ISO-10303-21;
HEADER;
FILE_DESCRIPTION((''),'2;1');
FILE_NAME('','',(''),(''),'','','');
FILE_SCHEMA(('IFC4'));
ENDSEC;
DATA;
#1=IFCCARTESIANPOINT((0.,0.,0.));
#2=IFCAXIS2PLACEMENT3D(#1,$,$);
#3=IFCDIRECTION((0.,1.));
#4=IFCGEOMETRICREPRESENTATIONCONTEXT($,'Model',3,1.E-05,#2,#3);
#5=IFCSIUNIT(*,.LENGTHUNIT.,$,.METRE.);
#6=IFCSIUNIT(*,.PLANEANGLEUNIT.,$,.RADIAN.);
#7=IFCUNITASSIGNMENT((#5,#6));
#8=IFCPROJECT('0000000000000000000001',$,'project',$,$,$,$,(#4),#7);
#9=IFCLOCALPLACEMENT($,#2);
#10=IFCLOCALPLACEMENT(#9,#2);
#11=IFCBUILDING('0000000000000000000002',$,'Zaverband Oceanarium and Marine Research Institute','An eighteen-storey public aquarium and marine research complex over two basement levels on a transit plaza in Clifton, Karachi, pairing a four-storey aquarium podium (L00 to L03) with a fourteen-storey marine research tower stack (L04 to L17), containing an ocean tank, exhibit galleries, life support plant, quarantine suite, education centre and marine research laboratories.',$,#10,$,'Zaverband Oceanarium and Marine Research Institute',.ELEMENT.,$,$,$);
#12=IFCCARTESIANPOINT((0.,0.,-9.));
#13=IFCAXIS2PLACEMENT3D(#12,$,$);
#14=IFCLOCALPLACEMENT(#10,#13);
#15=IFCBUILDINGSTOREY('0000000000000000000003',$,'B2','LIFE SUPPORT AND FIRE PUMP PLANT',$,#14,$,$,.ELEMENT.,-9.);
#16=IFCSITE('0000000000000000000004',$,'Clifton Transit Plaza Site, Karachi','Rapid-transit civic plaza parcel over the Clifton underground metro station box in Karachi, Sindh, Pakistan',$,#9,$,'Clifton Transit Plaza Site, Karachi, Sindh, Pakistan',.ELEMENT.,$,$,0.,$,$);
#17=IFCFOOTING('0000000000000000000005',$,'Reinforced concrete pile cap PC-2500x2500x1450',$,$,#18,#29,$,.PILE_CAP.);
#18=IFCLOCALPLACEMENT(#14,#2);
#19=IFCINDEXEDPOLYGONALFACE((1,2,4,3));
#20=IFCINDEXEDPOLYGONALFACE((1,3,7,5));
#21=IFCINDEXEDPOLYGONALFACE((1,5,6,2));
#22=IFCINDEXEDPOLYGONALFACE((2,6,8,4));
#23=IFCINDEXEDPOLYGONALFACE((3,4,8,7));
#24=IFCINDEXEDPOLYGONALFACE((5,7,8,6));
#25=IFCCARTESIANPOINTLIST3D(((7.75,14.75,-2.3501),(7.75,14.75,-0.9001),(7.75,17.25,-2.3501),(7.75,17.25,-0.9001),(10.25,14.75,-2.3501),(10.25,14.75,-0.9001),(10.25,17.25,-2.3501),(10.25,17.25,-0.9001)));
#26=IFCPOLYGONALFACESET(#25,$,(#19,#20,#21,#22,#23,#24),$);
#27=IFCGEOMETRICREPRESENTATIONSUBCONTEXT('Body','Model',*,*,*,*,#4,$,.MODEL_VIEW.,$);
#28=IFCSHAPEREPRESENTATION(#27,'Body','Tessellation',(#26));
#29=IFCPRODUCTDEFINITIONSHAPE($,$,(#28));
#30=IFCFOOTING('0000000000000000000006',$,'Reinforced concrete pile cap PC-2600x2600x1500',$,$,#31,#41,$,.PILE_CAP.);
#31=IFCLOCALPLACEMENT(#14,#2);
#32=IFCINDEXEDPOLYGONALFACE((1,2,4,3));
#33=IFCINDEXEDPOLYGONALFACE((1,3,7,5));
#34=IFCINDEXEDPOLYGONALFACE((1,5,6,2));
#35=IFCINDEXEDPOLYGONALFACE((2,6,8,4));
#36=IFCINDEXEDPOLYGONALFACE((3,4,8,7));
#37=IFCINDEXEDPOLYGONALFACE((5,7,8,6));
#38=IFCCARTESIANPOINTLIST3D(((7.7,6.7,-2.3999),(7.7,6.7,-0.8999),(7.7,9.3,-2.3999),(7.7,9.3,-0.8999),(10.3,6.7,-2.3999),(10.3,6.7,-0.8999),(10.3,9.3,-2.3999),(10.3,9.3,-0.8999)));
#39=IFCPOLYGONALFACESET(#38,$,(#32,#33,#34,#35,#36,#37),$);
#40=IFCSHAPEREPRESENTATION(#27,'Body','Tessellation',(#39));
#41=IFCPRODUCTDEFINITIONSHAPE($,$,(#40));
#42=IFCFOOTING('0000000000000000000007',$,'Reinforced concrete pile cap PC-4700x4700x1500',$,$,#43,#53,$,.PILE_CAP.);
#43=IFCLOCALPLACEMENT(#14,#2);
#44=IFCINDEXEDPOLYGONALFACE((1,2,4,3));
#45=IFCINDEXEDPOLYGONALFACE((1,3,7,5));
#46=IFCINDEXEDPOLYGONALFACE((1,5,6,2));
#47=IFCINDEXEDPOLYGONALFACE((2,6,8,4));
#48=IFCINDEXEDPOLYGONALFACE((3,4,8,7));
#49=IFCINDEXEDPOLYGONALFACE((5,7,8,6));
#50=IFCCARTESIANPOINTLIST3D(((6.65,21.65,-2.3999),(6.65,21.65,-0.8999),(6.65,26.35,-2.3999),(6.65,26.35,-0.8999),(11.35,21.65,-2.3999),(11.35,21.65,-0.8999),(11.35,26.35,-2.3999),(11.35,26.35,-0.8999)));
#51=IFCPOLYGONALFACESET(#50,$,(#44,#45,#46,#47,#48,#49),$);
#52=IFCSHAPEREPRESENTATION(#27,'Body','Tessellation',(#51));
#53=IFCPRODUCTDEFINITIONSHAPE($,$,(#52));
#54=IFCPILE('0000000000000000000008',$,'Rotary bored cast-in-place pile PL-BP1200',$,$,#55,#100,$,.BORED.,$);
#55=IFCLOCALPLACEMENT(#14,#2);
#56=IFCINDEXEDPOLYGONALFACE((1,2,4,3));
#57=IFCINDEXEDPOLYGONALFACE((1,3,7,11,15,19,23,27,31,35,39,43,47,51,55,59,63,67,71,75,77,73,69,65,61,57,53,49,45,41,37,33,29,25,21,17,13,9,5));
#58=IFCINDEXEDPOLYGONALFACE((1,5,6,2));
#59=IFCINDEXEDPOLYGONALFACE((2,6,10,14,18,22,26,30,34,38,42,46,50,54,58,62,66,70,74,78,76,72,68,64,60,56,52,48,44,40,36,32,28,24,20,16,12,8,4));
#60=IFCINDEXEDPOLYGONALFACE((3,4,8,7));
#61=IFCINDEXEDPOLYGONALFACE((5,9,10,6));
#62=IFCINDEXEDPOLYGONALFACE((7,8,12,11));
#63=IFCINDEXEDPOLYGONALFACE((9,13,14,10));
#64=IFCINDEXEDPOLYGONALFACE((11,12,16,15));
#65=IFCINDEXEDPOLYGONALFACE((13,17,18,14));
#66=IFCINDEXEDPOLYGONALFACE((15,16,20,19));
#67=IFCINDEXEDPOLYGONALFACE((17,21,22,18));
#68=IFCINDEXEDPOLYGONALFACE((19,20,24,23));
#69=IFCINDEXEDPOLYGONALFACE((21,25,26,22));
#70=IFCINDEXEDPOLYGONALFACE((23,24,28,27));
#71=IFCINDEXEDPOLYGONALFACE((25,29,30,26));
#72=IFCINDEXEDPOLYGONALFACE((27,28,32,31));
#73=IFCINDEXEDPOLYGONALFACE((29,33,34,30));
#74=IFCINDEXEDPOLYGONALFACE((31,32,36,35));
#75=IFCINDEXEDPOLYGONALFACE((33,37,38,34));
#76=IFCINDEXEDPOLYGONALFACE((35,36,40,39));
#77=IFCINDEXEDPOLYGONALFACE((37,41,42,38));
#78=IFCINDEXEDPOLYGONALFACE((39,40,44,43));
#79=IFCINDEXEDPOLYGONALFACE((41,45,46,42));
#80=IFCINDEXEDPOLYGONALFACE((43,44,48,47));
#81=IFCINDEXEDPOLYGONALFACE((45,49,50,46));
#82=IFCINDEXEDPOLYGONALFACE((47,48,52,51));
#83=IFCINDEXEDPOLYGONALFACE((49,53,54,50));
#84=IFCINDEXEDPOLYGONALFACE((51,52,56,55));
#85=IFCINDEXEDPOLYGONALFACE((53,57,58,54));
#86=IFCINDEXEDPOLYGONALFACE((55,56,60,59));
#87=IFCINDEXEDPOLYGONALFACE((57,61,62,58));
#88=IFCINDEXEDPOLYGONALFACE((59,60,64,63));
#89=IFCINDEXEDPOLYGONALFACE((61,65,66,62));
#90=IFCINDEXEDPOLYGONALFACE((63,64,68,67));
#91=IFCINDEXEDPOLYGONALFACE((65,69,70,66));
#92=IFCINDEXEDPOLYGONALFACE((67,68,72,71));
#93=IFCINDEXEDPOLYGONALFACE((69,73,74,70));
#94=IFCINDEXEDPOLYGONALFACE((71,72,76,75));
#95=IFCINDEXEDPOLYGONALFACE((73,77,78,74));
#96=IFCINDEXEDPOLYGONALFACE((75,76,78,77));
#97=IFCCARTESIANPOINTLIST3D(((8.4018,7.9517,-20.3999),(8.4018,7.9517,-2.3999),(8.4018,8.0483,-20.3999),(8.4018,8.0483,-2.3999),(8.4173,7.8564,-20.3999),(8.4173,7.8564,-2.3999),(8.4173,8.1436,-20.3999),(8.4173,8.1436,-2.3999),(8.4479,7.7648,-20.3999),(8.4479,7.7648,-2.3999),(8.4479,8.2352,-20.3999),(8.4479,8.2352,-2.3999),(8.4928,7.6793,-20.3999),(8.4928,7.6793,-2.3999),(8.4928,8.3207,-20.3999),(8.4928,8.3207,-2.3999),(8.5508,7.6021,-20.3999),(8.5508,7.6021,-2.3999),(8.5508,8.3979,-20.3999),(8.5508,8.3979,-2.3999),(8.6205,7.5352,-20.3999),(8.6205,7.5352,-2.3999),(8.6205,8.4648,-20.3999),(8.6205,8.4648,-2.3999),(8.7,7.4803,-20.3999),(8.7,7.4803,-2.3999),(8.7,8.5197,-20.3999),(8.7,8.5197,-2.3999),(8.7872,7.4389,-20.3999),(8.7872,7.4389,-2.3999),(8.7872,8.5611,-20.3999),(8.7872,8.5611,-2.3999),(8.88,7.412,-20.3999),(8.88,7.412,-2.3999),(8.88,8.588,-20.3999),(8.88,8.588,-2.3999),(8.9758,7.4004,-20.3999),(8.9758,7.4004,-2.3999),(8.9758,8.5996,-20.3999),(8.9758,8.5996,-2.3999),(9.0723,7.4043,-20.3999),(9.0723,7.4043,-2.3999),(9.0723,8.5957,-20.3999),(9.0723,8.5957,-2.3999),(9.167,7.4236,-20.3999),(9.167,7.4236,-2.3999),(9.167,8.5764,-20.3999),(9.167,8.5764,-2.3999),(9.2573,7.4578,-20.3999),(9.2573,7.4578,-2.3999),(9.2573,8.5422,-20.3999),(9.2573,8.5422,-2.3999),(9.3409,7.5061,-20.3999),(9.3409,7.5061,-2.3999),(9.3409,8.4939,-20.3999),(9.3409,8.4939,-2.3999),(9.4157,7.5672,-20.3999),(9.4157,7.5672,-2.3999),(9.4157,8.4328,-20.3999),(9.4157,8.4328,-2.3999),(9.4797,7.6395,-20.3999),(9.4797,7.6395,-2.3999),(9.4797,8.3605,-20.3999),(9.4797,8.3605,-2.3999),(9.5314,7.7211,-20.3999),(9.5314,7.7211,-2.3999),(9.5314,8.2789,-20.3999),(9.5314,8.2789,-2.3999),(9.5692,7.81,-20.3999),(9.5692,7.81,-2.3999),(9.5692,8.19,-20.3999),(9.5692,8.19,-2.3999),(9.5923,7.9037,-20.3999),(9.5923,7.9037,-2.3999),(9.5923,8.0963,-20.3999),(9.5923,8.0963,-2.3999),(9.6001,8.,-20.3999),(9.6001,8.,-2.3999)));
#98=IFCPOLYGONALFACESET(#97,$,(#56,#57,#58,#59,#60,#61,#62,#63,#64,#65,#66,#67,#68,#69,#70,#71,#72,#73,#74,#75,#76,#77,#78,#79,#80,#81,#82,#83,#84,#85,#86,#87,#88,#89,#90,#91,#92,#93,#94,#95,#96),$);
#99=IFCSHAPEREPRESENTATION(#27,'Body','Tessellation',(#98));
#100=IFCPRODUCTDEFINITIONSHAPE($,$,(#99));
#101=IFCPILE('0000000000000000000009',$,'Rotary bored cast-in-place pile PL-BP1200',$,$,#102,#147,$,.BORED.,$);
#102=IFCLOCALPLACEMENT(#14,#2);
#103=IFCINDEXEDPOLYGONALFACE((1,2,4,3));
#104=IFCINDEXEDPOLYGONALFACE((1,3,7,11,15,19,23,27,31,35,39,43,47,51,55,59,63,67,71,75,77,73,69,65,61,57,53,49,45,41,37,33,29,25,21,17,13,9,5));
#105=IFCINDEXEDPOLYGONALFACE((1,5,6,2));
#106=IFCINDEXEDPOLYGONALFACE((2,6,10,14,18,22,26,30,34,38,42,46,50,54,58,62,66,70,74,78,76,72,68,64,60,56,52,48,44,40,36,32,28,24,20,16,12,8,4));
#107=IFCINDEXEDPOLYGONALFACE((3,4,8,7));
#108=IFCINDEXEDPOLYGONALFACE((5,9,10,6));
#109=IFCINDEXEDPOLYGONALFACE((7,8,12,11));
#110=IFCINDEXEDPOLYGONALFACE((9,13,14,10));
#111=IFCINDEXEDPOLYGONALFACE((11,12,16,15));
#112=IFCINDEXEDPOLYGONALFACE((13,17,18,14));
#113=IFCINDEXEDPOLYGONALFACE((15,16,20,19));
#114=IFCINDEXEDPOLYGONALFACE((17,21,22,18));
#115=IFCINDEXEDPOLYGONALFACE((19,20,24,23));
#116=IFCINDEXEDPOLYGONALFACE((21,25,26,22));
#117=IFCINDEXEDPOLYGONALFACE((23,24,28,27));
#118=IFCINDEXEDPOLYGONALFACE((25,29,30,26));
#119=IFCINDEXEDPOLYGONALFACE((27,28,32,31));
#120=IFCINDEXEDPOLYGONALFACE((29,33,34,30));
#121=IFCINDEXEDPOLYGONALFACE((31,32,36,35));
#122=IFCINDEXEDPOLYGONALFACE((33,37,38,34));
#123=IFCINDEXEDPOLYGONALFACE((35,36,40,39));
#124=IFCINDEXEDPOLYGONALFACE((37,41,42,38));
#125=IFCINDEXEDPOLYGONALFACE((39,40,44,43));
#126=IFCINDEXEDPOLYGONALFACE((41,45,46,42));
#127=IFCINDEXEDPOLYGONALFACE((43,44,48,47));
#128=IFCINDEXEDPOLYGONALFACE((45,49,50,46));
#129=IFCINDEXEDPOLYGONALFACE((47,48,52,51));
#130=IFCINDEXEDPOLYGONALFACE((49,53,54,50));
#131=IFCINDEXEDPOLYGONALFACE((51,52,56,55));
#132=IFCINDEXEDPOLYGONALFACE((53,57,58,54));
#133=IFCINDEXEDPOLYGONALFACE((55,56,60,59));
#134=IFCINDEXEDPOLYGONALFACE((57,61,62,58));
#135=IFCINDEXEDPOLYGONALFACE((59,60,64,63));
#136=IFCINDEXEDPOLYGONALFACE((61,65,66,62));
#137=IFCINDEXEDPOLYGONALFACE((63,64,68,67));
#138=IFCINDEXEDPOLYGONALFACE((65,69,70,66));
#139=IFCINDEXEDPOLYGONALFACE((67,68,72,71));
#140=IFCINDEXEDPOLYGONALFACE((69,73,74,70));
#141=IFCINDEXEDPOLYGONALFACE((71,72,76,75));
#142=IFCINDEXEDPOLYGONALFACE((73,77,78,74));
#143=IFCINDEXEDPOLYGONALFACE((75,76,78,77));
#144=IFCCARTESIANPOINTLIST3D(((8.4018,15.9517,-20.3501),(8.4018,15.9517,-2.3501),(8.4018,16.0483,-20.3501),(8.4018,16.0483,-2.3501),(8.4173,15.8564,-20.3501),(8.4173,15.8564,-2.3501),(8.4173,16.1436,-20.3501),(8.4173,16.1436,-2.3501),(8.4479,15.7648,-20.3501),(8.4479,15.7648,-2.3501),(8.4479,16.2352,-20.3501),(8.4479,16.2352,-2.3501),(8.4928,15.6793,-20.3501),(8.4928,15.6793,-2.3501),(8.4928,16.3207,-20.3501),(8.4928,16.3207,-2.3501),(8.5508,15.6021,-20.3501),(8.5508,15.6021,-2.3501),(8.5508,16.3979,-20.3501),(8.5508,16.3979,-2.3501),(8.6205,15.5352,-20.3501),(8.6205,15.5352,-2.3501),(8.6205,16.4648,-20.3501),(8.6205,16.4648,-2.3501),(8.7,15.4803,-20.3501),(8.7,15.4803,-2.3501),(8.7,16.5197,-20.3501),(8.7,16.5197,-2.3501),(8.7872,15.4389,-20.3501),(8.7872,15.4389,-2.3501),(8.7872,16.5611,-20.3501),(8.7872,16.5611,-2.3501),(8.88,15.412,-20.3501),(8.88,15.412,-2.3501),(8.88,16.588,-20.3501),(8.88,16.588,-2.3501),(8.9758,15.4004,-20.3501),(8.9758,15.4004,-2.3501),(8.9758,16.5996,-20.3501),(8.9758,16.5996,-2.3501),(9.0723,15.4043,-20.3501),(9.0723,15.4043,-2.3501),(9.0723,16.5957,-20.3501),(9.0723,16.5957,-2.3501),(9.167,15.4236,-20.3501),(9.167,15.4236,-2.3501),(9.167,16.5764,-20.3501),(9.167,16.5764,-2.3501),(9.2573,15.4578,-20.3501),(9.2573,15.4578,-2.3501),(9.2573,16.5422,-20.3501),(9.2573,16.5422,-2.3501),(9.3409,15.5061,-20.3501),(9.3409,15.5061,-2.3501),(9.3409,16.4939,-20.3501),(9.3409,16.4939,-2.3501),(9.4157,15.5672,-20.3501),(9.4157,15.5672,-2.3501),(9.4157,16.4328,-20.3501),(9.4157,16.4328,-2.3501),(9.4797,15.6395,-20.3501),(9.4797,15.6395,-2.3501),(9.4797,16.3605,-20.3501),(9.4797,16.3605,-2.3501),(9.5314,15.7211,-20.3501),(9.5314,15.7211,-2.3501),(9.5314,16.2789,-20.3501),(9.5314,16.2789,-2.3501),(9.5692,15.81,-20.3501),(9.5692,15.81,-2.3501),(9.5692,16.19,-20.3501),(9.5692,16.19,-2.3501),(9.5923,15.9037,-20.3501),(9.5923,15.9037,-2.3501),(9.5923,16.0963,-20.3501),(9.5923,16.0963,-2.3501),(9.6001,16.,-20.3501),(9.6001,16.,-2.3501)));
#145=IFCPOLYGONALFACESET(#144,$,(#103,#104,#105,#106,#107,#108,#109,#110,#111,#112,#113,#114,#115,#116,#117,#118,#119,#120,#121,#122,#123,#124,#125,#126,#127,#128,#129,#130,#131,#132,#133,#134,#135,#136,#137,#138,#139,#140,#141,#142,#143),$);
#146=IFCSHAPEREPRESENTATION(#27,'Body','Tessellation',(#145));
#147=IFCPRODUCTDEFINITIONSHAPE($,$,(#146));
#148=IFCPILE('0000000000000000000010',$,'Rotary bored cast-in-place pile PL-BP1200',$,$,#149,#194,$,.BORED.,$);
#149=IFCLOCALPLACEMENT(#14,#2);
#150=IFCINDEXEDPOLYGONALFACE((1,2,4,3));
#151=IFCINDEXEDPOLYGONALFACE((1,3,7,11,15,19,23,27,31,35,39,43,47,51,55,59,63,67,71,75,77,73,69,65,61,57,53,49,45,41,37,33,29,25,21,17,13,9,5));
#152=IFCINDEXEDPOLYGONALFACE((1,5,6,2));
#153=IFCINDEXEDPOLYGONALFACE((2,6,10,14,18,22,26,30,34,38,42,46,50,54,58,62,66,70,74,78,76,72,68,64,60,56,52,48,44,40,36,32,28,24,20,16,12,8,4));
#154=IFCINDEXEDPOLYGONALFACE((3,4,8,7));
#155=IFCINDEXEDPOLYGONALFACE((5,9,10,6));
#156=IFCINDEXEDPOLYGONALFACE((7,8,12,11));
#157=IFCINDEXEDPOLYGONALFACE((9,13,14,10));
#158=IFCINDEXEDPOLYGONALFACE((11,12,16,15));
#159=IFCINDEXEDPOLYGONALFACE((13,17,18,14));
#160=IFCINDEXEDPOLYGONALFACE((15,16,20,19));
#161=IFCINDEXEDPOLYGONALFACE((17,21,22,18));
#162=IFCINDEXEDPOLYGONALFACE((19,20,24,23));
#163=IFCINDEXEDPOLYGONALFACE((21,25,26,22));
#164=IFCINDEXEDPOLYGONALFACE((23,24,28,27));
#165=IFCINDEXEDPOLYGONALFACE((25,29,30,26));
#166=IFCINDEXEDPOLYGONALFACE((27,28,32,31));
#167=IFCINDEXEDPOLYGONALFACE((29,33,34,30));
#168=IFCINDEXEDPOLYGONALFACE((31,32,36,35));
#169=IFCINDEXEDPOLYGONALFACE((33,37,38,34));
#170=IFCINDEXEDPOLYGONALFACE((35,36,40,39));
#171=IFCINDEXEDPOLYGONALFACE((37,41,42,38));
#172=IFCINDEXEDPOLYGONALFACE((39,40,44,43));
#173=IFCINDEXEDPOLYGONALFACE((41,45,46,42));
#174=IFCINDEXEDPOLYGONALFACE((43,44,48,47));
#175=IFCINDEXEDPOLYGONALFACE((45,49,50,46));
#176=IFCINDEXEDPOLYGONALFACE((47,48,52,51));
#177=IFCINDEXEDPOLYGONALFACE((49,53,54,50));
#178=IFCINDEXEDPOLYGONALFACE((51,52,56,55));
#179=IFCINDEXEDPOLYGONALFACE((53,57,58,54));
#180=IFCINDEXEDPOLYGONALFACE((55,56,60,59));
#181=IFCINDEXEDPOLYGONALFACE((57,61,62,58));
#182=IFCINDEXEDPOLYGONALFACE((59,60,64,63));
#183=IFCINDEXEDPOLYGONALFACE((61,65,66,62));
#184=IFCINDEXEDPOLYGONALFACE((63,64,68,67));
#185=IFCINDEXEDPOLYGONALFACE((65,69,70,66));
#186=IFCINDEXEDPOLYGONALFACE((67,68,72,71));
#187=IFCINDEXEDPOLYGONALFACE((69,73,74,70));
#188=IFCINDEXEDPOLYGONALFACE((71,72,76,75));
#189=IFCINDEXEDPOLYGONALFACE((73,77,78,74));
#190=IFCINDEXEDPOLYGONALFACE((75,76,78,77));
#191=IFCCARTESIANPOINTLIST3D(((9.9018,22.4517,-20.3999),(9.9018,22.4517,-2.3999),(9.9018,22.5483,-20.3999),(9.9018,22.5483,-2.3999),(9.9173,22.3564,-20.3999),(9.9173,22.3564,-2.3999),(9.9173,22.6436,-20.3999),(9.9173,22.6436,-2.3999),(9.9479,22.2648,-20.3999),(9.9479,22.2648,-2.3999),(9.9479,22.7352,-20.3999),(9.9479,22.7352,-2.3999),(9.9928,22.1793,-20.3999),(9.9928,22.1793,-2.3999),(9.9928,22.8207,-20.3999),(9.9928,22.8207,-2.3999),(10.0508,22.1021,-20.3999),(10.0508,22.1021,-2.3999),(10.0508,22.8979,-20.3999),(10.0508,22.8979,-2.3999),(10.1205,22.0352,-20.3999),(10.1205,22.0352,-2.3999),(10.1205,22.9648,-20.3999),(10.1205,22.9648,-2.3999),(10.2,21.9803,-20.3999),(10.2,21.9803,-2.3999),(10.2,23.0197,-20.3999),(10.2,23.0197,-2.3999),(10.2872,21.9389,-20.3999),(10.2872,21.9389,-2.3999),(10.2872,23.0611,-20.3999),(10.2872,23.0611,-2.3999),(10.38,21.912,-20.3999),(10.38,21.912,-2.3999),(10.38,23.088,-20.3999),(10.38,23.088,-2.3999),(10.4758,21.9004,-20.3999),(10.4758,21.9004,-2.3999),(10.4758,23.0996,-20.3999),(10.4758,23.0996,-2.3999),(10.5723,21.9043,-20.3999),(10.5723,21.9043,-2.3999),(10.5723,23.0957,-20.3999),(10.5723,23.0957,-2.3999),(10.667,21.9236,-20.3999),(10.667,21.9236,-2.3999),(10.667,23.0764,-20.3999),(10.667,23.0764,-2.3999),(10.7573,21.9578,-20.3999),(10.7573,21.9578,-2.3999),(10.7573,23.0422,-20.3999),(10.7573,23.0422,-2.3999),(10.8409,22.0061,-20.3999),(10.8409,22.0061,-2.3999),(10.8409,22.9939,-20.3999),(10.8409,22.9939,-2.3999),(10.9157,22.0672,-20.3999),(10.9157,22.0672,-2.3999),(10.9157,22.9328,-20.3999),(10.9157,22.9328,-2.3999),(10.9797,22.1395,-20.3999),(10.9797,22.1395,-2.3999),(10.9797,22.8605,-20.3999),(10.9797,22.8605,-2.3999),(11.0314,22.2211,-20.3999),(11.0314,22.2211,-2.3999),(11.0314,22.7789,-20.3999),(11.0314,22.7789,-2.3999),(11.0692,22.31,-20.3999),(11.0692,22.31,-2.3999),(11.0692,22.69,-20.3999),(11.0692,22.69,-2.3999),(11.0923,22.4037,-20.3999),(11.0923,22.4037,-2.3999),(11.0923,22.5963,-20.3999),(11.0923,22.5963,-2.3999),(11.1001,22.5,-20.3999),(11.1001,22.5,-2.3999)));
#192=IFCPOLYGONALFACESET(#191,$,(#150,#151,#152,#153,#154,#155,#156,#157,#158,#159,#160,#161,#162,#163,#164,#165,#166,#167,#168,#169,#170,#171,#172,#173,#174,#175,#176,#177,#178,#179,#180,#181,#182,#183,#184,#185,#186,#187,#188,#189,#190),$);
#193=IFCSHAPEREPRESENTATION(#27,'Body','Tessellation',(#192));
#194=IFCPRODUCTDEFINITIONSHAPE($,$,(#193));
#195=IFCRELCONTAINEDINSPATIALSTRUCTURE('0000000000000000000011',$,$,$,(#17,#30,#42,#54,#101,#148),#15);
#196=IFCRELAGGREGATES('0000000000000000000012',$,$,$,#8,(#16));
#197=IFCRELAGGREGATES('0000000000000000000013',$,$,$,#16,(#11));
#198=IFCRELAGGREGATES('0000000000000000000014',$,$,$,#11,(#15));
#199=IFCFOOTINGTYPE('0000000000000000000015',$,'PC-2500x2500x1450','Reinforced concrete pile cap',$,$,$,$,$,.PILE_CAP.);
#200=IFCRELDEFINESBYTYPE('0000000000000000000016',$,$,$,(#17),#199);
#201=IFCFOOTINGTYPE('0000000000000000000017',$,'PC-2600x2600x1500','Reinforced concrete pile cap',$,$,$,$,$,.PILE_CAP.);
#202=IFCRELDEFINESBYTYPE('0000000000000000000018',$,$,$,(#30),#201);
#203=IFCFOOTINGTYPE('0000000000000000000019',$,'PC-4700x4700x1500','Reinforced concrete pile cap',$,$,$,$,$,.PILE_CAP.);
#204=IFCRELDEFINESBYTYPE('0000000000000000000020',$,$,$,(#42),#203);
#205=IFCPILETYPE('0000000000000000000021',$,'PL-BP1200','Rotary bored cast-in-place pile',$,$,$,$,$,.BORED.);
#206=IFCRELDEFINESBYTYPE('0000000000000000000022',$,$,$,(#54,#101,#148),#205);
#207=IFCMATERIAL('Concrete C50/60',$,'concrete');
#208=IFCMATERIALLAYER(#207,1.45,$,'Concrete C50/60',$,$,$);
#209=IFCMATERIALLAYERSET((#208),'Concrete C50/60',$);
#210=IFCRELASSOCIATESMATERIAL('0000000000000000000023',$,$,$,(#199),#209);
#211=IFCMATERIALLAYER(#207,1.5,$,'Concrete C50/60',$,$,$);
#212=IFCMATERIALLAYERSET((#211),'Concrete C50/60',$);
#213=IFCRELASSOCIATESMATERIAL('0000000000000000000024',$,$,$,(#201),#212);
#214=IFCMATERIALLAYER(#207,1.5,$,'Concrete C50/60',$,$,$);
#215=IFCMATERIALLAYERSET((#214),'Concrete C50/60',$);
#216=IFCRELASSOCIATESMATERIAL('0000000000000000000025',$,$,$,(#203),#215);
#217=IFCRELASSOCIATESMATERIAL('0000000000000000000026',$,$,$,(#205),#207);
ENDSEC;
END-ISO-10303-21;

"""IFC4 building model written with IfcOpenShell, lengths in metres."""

from ifc_helpers import new_model, si_unit, direction, frame, origin, origin_2d, place, context, subcontext, project, spatial, rectangle, circle, extrude, material, layer, layer_set, material_profile, profile_set, type_object, element, save


model = new_model("IFC4")

# Units and contexts
model_context = context("Model", 3, precision=1e-05, world=origin(), true_north=direction((0.0, 1.0)))
body_context = subcontext(model_context, "Body", "Model", "MODEL_VIEW")
ifc_project = project(units=[si_unit("LENGTHUNIT", "METRE"), si_unit("PLANEANGLEUNIT", "RADIAN")], contexts=[model_context])

# Site, building, storey
site_placement = place(None, origin())
site = spatial("IfcSite", under=ifc_project, at=site_placement, Name="Clifton Transit Plaza Site, Karachi", Description="Rapid-transit civic plaza parcel over the Clifton underground metro station box in Karachi, Sindh, Pakistan", LongName="Clifton Transit Plaza Site, Karachi, Sindh, Pakistan", CompositionType="ELEMENT", RefElevation=0.0)
building_placement = place(site_placement, origin())
building = spatial("IfcBuilding", under=site, at=building_placement, Name="Zaverband Oceanarium and Marine Research Institute", Description="An eighteen-storey public aquarium and marine research complex over two basement levels on a transit plaza in Clifton, Karachi, pairing a four-storey aquarium podium (L00 to L03) with a fourteen-storey marine research tower stack (L04 to L17), containing an ocean tank, exhibit galleries, life support plant, quarantine suite, education centre and marine research laboratories.", LongName="Zaverband Oceanarium and Marine Research Institute", CompositionType="ELEMENT")
storey_placement = place(building_placement, frame((0.0, 0.0, -9.0)))
storey = spatial("IfcBuildingStorey", under=building, at=storey_placement, Name="B2", Description="LIFE SUPPORT AND FIRE PUMP PLANT", CompositionType="ELEMENT", Elevation=-9.0)

# Footings
ifc_material_1 = material(Name="Concrete C50/60", Category="concrete")
ifc_layer_1 = layer(ifc_material_1, 1.45, Name="Concrete C50/60")
ifc_layer_set_1 = layer_set([ifc_layer_1], Name="Concrete C50/60")
footing_type_1 = type_object("IfcFootingType", Name="PC-2500x2500x1450", Description="Reinforced concrete pile cap", PredefinedType="PILE_CAP", material=ifc_layer_set_1)
footing_1_placement = place(storey_placement, frame((9.0, 16.0, -2.3501), z_axis=(0.0, 0.0, 1.0), x_axis=(1.0, 0.0, 0.0)))
element("IfcFooting", 1, at=footing_1_placement, inside=storey, type_object=footing_type_1, Name="Reinforced concrete pile cap PC-2500x2500x1450", PredefinedType="PILE_CAP", context=body_context, shape_type="SweptSolid", body=[
    extrude(rectangle(XDim=2.5, YDim=2.5, at=origin_2d()), origin(), (0.0, 0.0, 1.0), 1.45),
])
ifc_layer_2 = layer(ifc_material_1, 1.5, Name="Concrete C50/60")
ifc_layer_set_2 = layer_set([ifc_layer_2], Name="Concrete C50/60")
footing_type_2 = type_object("IfcFootingType", Name="PC-2600x2600x1500", Description="Reinforced concrete pile cap", PredefinedType="PILE_CAP", material=ifc_layer_set_2)
footing_2_placement = place(storey_placement, frame((9.0, 8.0, -2.3999), z_axis=(0.0, 0.0, 1.0), x_axis=(1.0, 0.0, 0.0)))
element("IfcFooting", 2, at=footing_2_placement, inside=storey, type_object=footing_type_2, Name="Reinforced concrete pile cap PC-2600x2600x1500", PredefinedType="PILE_CAP", context=body_context, shape_type="SweptSolid", body=[
    extrude(rectangle(XDim=2.6001, YDim=2.6001, at=origin_2d()), origin(), (0.0, 0.0, 1.0), 1.5),
])
ifc_layer_3 = layer(ifc_material_1, 1.5, Name="Concrete C50/60")
ifc_layer_set_3 = layer_set([ifc_layer_3], Name="Concrete C50/60")
footing_type_3 = type_object("IfcFootingType", Name="PC-4700x4700x1500", Description="Reinforced concrete pile cap", PredefinedType="PILE_CAP", material=ifc_layer_set_3)
footing_3_placement = place(storey_placement, frame((9.0, 24.0, -2.3999), z_axis=(0.0, 0.0, 1.0), x_axis=(1.0, 0.0, 0.0)))
element("IfcFooting", 3, at=footing_3_placement, inside=storey, type_object=footing_type_3, Name="Reinforced concrete pile cap PC-4700x4700x1500", PredefinedType="PILE_CAP", context=body_context, shape_type="SweptSolid", body=[
    extrude(rectangle(XDim=4.7, YDim=4.7, at=origin_2d()), origin(), (0.0, 0.0, 1.0), 1.5),
])

# Piles
ifc_material_profile_1 = material_profile(ifc_material_1, circle(Radius=0.6001, at=origin_2d()), Name="BP1200")
ifc_profile_set_1 = profile_set([ifc_material_profile_1], Name="Concrete C50/60")
pile_type = type_object("IfcPileType", Name="PL-BP1200", Description="Rotary bored cast-in-place pile", PredefinedType="BORED", material=ifc_profile_set_1)
for number, where, z_axis, x_axis, name in (
    (4, (9.0, 8.0, -2.3999), (0.0, 0.0, -1.0), (1.0, 0.0, 0.0), "Rotary bored cast-in-place pile PL-BP1200"),
    (5, (9.0, 16.0, -2.3501), (0.0, 0.0, -1.0), (1.0, 0.0, 0.0), "Rotary bored cast-in-place pile PL-BP1200"),
    (6, (10.5, 22.5, -2.3999), (0.0, 0.0, -1.0), (1.0, 0.0, 0.0), "Rotary bored cast-in-place pile PL-BP1200"),
):
    element("IfcPile", number, at=place(storey_placement, frame(where, z_axis=z_axis, x_axis=x_axis)), inside=storey, type_object=pile_type, Name=name, PredefinedType="BORED", context=body_context, shape_type="SweptSolid", body=[
        extrude(circle(Radius=0.6001, at=origin_2d()), origin(), (0.0, 0.0, 1.0), 18.0),
    ])

save(model, "model.ifc")
